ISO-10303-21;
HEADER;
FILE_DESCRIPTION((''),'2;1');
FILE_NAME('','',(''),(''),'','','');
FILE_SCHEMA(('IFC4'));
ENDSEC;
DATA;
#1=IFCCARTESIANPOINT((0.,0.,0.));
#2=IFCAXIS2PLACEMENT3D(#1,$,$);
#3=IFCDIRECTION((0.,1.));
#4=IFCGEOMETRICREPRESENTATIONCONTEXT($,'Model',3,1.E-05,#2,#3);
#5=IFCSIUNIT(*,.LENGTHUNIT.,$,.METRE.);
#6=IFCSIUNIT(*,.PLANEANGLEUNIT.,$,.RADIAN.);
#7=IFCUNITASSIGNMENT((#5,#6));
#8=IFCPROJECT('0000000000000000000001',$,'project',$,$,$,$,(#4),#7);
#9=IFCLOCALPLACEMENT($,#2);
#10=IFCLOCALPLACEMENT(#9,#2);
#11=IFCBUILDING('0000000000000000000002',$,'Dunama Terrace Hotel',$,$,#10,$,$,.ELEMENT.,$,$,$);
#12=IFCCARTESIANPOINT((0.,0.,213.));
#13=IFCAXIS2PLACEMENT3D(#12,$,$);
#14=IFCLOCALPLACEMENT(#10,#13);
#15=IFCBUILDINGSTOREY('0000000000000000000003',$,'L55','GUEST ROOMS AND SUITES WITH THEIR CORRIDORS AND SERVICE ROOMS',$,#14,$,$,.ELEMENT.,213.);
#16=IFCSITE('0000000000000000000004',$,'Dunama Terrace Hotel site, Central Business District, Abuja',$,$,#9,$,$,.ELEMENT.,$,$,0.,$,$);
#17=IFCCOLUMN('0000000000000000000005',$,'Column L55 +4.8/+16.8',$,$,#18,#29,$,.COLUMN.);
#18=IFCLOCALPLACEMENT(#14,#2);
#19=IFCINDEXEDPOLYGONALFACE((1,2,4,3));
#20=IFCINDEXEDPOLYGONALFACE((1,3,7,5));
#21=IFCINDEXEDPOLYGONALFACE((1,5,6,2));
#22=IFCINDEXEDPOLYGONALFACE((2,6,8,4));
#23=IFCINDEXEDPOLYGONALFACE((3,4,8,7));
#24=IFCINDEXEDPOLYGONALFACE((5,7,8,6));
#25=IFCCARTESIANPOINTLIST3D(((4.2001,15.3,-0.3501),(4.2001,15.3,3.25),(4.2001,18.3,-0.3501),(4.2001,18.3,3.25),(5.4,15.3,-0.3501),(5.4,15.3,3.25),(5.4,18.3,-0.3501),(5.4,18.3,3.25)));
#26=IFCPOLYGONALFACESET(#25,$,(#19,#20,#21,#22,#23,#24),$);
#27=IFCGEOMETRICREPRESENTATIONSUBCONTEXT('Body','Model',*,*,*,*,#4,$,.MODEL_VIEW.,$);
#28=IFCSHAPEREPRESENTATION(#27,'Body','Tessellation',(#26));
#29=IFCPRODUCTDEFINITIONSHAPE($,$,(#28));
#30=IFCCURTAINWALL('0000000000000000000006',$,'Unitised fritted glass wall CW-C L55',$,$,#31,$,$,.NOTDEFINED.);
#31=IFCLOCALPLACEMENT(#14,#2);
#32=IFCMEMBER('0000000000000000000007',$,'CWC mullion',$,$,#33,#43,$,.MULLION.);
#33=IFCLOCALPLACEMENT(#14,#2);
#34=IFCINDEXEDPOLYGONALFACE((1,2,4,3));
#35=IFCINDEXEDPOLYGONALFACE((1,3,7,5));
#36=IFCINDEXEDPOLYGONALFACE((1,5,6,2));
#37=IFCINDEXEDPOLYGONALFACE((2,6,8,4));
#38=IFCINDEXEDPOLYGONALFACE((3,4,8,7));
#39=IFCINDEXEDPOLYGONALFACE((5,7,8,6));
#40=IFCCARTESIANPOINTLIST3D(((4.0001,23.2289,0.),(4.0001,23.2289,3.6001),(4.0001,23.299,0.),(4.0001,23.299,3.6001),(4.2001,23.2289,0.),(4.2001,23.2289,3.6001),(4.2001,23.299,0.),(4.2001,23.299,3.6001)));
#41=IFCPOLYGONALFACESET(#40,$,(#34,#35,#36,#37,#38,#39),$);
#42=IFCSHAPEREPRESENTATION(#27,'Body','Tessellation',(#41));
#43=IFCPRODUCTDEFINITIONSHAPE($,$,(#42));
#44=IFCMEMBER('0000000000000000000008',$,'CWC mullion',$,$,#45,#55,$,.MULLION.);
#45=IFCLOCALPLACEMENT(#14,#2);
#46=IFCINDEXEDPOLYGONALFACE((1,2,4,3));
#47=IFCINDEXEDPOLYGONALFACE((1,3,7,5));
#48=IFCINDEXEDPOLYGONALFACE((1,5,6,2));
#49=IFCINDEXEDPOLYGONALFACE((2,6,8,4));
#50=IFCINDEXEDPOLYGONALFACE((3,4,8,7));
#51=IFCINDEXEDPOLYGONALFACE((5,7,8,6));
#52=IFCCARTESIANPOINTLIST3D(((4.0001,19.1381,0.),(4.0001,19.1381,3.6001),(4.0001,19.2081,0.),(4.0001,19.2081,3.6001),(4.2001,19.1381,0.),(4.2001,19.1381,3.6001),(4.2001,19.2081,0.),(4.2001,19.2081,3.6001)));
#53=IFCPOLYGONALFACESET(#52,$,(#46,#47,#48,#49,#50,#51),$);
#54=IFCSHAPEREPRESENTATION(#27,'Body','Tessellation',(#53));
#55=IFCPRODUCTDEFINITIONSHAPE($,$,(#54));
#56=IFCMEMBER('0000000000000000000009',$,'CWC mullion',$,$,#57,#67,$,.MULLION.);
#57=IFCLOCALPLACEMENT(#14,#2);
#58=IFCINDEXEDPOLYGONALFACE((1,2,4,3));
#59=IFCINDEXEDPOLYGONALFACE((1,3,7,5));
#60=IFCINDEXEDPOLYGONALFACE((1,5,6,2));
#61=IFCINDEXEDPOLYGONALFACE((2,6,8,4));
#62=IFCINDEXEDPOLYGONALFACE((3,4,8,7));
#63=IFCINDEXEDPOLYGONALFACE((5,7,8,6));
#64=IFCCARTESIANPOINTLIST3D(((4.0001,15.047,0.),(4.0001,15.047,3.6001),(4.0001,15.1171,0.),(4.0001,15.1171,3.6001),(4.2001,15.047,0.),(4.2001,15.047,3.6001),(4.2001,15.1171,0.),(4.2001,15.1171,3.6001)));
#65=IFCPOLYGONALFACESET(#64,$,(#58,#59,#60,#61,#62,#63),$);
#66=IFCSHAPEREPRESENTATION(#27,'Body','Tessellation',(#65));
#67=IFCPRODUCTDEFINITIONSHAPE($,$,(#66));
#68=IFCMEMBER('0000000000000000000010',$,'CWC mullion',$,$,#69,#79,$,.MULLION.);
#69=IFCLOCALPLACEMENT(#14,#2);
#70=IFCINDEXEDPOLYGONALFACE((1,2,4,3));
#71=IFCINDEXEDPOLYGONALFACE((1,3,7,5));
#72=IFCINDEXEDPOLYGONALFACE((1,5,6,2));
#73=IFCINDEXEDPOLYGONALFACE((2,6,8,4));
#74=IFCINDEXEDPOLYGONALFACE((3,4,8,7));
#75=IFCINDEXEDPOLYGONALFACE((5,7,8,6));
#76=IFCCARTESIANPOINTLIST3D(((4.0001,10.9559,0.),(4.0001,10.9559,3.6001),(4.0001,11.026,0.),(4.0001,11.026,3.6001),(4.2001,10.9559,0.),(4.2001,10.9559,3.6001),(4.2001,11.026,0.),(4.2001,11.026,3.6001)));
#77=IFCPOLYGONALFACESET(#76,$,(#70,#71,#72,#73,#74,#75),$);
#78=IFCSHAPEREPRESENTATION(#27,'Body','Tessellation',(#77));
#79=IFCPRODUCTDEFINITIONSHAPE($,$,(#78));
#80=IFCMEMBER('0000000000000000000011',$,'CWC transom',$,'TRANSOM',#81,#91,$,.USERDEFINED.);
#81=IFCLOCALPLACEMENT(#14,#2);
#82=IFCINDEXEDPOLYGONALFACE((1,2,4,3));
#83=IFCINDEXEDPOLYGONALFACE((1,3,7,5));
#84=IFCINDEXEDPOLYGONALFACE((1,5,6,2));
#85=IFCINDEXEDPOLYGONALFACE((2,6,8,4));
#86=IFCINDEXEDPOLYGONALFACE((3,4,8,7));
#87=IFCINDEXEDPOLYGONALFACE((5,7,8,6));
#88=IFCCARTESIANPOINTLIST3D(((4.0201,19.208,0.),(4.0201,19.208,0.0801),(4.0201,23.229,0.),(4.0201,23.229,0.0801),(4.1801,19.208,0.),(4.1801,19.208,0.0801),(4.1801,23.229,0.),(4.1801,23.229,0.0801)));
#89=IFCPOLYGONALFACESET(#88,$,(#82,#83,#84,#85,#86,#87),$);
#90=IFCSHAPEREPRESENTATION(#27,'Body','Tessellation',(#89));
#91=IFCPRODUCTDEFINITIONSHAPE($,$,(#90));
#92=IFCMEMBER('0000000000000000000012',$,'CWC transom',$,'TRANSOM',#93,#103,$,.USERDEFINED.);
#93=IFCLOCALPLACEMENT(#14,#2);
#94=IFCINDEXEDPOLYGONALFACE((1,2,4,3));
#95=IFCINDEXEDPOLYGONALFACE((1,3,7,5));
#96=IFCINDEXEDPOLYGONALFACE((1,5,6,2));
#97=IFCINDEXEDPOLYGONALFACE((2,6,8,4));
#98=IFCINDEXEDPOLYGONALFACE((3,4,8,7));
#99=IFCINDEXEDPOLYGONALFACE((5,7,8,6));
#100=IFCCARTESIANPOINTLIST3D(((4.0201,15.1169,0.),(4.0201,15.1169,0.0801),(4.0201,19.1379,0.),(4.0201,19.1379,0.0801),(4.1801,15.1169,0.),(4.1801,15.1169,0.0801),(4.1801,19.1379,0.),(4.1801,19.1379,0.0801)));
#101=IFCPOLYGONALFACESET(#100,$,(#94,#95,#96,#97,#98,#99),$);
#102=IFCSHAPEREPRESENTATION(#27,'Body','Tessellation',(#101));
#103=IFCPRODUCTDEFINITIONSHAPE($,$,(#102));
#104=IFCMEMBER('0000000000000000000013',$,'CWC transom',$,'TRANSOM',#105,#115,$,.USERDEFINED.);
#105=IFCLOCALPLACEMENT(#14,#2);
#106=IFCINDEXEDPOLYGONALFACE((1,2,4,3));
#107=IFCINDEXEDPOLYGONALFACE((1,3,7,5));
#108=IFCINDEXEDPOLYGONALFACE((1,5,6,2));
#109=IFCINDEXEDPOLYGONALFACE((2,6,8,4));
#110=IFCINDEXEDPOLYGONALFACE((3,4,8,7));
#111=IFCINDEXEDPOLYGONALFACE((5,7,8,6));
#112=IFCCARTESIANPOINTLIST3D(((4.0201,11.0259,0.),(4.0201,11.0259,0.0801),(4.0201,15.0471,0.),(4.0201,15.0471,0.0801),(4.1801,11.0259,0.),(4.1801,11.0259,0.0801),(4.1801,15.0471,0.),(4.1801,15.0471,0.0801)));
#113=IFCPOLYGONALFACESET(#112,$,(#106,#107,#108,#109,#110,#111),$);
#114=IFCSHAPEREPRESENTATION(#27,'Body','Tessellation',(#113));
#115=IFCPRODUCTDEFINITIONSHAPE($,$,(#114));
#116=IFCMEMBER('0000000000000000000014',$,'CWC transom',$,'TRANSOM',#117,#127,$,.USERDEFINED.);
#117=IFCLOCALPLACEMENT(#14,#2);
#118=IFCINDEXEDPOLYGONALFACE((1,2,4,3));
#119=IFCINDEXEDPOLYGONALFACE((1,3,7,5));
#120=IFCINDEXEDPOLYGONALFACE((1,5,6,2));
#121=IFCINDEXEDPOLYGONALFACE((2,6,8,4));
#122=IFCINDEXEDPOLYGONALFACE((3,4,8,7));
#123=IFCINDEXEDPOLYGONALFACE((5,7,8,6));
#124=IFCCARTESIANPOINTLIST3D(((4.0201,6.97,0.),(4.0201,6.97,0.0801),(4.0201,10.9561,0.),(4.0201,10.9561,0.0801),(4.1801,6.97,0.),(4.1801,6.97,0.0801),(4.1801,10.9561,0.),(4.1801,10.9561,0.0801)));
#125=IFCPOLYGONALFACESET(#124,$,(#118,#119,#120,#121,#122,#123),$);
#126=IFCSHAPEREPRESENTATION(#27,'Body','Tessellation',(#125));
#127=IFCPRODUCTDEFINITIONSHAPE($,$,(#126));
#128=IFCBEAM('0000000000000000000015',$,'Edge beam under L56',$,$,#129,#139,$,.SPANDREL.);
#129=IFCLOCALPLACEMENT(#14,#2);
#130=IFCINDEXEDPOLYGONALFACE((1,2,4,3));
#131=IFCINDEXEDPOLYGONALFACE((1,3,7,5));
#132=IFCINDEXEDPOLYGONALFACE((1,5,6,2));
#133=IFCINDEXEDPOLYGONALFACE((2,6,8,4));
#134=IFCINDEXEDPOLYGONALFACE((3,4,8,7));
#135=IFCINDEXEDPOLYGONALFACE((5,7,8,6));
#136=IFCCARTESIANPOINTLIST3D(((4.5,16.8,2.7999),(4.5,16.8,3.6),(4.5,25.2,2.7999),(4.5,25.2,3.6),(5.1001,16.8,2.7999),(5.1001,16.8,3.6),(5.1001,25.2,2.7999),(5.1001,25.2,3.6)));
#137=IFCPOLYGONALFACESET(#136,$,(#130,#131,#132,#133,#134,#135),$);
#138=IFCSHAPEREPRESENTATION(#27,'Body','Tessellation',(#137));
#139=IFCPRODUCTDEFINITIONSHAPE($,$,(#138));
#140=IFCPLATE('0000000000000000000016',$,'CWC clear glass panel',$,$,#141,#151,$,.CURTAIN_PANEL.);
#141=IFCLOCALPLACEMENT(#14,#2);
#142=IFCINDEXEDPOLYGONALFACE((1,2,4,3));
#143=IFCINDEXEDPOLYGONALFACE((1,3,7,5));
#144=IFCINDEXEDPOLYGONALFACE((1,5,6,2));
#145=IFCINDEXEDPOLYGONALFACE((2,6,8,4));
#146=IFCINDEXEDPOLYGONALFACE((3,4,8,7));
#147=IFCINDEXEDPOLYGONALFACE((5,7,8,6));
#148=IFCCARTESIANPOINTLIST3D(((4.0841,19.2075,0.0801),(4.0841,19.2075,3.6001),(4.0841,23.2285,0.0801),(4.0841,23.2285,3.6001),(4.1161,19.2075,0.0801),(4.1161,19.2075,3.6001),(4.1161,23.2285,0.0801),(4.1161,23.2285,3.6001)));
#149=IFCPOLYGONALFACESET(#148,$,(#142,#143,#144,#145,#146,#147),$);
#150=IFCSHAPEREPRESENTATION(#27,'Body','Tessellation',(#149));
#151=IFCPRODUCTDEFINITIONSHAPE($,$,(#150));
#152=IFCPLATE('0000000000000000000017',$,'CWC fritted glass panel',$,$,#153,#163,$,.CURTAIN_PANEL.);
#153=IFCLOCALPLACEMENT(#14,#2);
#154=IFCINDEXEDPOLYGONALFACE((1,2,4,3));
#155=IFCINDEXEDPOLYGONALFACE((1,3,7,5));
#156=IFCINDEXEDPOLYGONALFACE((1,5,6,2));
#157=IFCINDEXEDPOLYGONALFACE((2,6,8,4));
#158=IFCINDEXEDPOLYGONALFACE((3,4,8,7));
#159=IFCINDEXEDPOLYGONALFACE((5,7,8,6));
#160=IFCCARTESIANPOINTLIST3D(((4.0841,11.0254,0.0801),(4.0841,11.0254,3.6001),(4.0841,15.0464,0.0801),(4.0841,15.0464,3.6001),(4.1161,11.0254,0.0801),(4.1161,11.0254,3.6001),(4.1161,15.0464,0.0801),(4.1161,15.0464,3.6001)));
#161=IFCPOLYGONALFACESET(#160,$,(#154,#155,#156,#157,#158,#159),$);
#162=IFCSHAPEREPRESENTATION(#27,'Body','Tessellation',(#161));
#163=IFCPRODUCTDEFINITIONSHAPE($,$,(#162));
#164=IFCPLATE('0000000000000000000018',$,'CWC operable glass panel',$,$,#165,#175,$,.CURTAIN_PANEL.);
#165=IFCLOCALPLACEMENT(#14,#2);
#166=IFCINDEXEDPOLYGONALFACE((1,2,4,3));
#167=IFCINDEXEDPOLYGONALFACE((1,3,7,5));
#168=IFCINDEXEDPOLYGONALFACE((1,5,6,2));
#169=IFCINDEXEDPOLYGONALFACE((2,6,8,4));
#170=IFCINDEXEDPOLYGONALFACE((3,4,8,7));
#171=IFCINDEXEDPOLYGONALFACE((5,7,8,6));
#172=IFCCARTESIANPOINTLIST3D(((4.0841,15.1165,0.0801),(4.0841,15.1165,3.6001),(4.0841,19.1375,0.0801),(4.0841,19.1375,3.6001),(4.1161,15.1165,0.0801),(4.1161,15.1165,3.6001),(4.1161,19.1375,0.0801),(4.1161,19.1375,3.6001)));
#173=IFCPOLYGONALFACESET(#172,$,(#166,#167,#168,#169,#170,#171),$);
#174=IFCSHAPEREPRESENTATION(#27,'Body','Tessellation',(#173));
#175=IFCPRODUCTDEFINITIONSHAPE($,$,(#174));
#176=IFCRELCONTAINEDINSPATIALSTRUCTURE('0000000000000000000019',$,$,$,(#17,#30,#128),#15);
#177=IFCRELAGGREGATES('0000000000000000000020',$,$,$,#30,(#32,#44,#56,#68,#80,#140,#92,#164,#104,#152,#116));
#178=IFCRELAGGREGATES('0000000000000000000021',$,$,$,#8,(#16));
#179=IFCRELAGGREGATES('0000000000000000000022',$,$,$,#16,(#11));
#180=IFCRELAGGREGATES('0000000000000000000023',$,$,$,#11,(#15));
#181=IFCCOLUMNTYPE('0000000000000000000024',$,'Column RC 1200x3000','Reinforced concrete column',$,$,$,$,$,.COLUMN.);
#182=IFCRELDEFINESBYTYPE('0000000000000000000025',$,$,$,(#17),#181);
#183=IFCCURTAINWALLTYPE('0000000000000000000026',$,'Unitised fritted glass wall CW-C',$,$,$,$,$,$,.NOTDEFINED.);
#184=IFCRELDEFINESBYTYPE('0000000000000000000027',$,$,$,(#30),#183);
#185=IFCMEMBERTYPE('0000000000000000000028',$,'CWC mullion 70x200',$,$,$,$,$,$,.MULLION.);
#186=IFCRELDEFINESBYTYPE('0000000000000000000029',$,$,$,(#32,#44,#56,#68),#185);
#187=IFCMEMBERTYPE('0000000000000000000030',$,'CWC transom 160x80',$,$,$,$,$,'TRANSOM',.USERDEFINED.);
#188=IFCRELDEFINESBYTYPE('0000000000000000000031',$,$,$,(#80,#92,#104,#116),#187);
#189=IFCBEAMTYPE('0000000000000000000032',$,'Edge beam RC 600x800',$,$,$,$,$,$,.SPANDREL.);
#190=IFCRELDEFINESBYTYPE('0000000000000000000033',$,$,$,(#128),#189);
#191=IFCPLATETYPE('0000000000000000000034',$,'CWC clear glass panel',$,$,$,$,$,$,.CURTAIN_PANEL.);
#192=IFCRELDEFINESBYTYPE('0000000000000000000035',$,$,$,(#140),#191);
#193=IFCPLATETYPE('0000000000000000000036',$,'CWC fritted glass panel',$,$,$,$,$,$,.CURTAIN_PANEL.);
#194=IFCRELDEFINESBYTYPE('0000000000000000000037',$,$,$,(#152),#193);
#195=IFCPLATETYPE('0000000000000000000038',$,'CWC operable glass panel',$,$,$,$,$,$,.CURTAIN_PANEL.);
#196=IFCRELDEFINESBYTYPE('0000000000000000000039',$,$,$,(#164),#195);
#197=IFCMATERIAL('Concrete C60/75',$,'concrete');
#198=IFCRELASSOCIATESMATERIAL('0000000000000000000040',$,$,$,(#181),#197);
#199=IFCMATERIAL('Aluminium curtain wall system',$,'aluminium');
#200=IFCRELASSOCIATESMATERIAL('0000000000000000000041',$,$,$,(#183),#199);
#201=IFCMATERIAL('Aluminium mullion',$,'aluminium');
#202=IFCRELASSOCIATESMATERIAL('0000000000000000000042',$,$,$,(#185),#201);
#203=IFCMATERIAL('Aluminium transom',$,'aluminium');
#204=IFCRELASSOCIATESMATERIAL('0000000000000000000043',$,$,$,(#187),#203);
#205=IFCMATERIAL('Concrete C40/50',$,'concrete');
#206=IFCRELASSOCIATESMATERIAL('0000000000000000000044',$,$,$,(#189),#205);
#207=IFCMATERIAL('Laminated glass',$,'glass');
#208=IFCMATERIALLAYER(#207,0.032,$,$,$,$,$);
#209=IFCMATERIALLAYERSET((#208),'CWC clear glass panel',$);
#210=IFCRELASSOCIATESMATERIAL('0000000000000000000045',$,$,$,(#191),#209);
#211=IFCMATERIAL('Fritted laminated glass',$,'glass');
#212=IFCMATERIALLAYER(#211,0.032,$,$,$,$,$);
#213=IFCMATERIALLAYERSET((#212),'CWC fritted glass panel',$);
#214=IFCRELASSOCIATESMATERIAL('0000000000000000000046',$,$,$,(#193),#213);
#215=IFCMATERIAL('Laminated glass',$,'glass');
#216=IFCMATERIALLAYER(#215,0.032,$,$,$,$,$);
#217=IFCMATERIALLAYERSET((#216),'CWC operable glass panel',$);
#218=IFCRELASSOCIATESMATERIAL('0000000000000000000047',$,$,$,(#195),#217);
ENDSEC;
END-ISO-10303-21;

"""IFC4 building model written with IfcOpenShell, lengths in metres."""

from ifc_helpers import new_model, si_unit, direction, frame, origin, origin_2d, place, context, subcontext, project, spatial, rectangle, extrude, material, layer, layer_set, material_profile, profile_set, type_object, element, aggregate, save


model = new_model("IFC4")

# Units and contexts
model_context = context("Model", 3, precision=1e-05, world=origin(), true_north=direction((0.0, 1.0)))
body_context = subcontext(model_context, "Body", "Model", "MODEL_VIEW")
ifc_project = project(units=[si_unit("LENGTHUNIT", "METRE"), si_unit("PLANEANGLEUNIT", "RADIAN")], contexts=[model_context])

# Site, building, storey
site_placement = place(None, origin())
site = spatial("IfcSite", under=ifc_project, at=site_placement, Name="Dunama Terrace Hotel site, Central Business District, Abuja", CompositionType="ELEMENT", RefElevation=0.0)
building_placement = place(site_placement, origin())
building = spatial("IfcBuilding", under=site, at=building_placement, Name="Dunama Terrace Hotel", CompositionType="ELEMENT")
storey_placement = place(building_placement, frame((0.0, 0.0, 213.0)))
storey = spatial("IfcBuildingStorey", under=building, at=storey_placement, Name="L55", Description="GUEST ROOMS AND SUITES WITH THEIR CORRIDORS AND SERVICE ROOMS", CompositionType="ELEMENT", Elevation=213.0)

# Column
ifc_material_1 = material(Name="Concrete C60/75", Category="concrete")
ifc_material_profile_1 = material_profile(ifc_material_1, rectangle(XDim=1.2, YDim=3.0, at=origin_2d()), Name="RC 1200x3000")
ifc_profile_set_1 = profile_set([ifc_material_profile_1], Name="Concrete C60/75")
column_type = type_object("IfcColumnType", Name="Column RC 1200x3000", Description="Reinforced concrete column", PredefinedType="COLUMN", material=ifc_profile_set_1)
column_placement = place(storey_placement, frame((4.8, 16.8, -0.3501), z_axis=(0.0, 0.0, 1.0), x_axis=(1.0, 0.0, 0.0)))
element("IfcColumn", 1, at=column_placement, inside=storey, type_object=column_type, Name="Column L55 +4.8/+16.8", PredefinedType="COLUMN", context=body_context, shape_type="SweptSolid", body=[
    extrude(rectangle(XDim=1.2, YDim=3.0, at=origin_2d()), origin(), (0.0, 0.0, 1.0), 3.6001),
])

# Curtain wall, members
ifc_material_2 = material(Name="Aluminium curtain wall system", Category="aluminium")
curtain_wall_type = type_object("IfcCurtainWallType", Name="Unitised fritted glass wall CW-C", PredefinedType="NOTDEFINED", material=ifc_material_2)
curtain_wall_placement = place(storey_placement, origin())
curtain_wall = element("IfcCurtainWall", 2, at=curtain_wall_placement, inside=storey, type_object=curtain_wall_type, Name="Unitised fritted glass wall CW-C L55", PredefinedType="NOTDEFINED")
ifc_material_3 = material(Name="Aluminium mullion", Category="aluminium")
ifc_material_profile_2 = material_profile(ifc_material_3, rectangle(XDim=0.0701, YDim=0.2, at=origin_2d()), Name="CWC MULLION 70X200")
ifc_profile_set_2 = profile_set([ifc_material_profile_2], Name="Aluminium mullion")
member_type_1 = type_object("IfcMemberType", Name="CWC mullion 70x200", PredefinedType="MULLION", material=ifc_profile_set_2)
member_1_placement = place(storey_placement, frame((4.1001, 23.2639, 0.0), z_axis=(0.0, 0.0, 1.0), x_axis=(0.0, -1.0, 0.0)))
member_1 = element("IfcMember", 3, at=member_1_placement, type_object=member_type_1, Name="CWC mullion", PredefinedType="MULLION", context=body_context, shape_type="SweptSolid", body=[
    extrude(rectangle(XDim=0.0701, YDim=0.2, at=origin_2d()), origin(), (0.0, 0.0, 1.0), 3.6001),
])
member_2_placement = place(storey_placement, frame((4.1001, 19.1731, 0.0), z_axis=(0.0, 0.0, 1.0), x_axis=(0.0, -1.0, 0.0)))
member_2 = element("IfcMember", 4, at=member_2_placement, type_object=member_type_1, Name="CWC mullion", PredefinedType="MULLION", context=body_context, shape_type="SweptSolid", body=[
    extrude(rectangle(XDim=0.0701, YDim=0.2, at=origin_2d()), origin(), (0.0, 0.0, 1.0), 3.6001),
])
member_3_placement = place(storey_placement, frame((4.1001, 15.082, 0.0), z_axis=(0.0, 0.0, 1.0), x_axis=(0.0, -1.0, 0.0)))
member_3 = element("IfcMember", 5, at=member_3_placement, type_object=member_type_1, Name="CWC mullion", PredefinedType="MULLION", context=body_context, shape_type="SweptSolid", body=[
    extrude(rectangle(XDim=0.0701, YDim=0.2, at=origin_2d()), origin(), (0.0, 0.0, 1.0), 3.6001),
])
member_4_placement = place(storey_placement, frame((4.1001, 10.991, 0.0), z_axis=(0.0, 0.0, 1.0), x_axis=(0.0, -1.0, 0.0)))
member_4 = element("IfcMember", 6, at=member_4_placement, type_object=member_type_1, Name="CWC mullion", PredefinedType="MULLION", context=body_context, shape_type="SweptSolid", body=[
    extrude(rectangle(XDim=0.0701, YDim=0.2, at=origin_2d()), origin(), (0.0, 0.0, 1.0), 3.6001),
])
ifc_material_4 = material(Name="Aluminium transom", Category="aluminium")
ifc_material_profile_3 = material_profile(ifc_material_4, rectangle(XDim=0.1599, YDim=0.0801, at=origin_2d()), Name="CWC TRANSOM 160X80")
ifc_profile_set_3 = profile_set([ifc_material_profile_3], Name="Aluminium transom")
member_type_2 = type_object("IfcMemberType", Name="CWC transom 160x80", ElementType="TRANSOM", PredefinedType="USERDEFINED", material=ifc_profile_set_3)
member_5_placement = place(storey_placement, frame((4.1001, 23.229, 0.04), z_axis=(0.0, -1.0, 0.0), x_axis=(1.0, 0.0, 0.0)))
member_5 = element("IfcMember", 7, at=member_5_placement, type_object=member_type_2, Name="CWC transom", ObjectType="TRANSOM", PredefinedType="USERDEFINED", context=body_context, shape_type="SweptSolid", body=[
    extrude(rectangle(XDim=0.1599, YDim=0.0801, at=origin_2d()), origin(), (0.0, 0.0, 1.0), 4.021),
])
member_6_placement = place(storey_placement, frame((4.1001, 19.1379, 0.04), z_axis=(0.0, -1.0, 0.0), x_axis=(1.0, 0.0, 0.0)))
member_6 = element("IfcMember", 8, at=member_6_placement, type_object=member_type_2, Name="CWC transom", ObjectType="TRANSOM", PredefinedType="USERDEFINED", context=body_context, shape_type="SweptSolid", body=[
    extrude(rectangle(XDim=0.1599, YDim=0.0801, at=origin_2d()), origin(), (0.0, 0.0, 1.0), 4.021),
])
member_7_placement = place(storey_placement, frame((4.1001, 15.0471, 0.04), z_axis=(0.0, -1.0, 0.0), x_axis=(1.0, 0.0, 0.0)))
member_7 = element("IfcMember", 9, at=member_7_placement, type_object=member_type_2, Name="CWC transom", ObjectType="TRANSOM", PredefinedType="USERDEFINED", context=body_context, shape_type="SweptSolid", body=[
    extrude(rectangle(XDim=0.1599, YDim=0.0801, at=origin_2d()), origin(), (0.0, 0.0, 1.0), 4.0212),
])
member_8_placement = place(storey_placement, frame((4.1001, 10.9561, 0.04), z_axis=(0.0, -1.0, 0.0), x_axis=(1.0, 0.0, 0.0)))
member_8 = element("IfcMember", 10, at=member_8_placement, type_object=member_type_2, Name="CWC transom", ObjectType="TRANSOM", PredefinedType="USERDEFINED", context=body_context, shape_type="SweptSolid", body=[
    extrude(rectangle(XDim=0.1599, YDim=0.0801, at=origin_2d()), origin(), (0.0, 0.0, 1.0), 3.9861),
])

# Beam
ifc_material_5 = material(Name="Concrete C40/50", Category="concrete")
ifc_material_profile_4 = material_profile(ifc_material_5, rectangle(XDim=0.6001, YDim=0.8, at=origin_2d()), Name="RC 600x800")
ifc_profile_set_4 = profile_set([ifc_material_profile_4], Name="Concrete C40/50")
beam_type = type_object("IfcBeamType", Name="Edge beam RC 600x800", PredefinedType="SPANDREL", material=ifc_profile_set_4)
beam_placement = place(storey_placement, frame((4.8, 16.8, 3.2), z_axis=(0.0, 1.0, 0.0), x_axis=(-1.0, 0.0, 0.0)))
element("IfcBeam", 11, at=beam_placement, inside=storey, type_object=beam_type, Name="Edge beam under L56", PredefinedType="SPANDREL", context=body_context, shape_type="SweptSolid", body=[
    extrude(rectangle(XDim=0.6001, YDim=0.8, at=origin_2d()), origin(), (0.0, 0.0, 1.0), 8.3999),
])

# Plates
ifc_material_6 = material(Name="Laminated glass", Category="glass")
ifc_layer_1 = layer(ifc_material_6, 0.032)
ifc_layer_set_1 = layer_set([ifc_layer_1], Name="CWC clear glass panel")
plate_type_1 = type_object("IfcPlateType", Name="CWC clear glass panel", PredefinedType="CURTAIN_PANEL", material=ifc_layer_set_1)
plate_1_placement = place(storey_placement, frame((4.1001, 21.218, 0.0801), z_axis=(0.0, 0.0, 1.0), x_axis=(0.0, -1.0, 0.0)))
plate_1 = element("IfcPlate", 12, at=plate_1_placement, type_object=plate_type_1, Name="CWC clear glass panel", PredefinedType="CURTAIN_PANEL", context=body_context, shape_type="SweptSolid", body=[
    extrude(rectangle(XDim=4.021, YDim=0.032, at=origin_2d()), origin(), (0.0, 0.0, 1.0), 3.52),
])
ifc_material_7 = material(Name="Fritted laminated glass", Category="glass")
ifc_layer_2 = layer(ifc_material_7, 0.032)
ifc_layer_set_2 = layer_set([ifc_layer_2], Name="CWC fritted glass panel")
plate_type_2 = type_object("IfcPlateType", Name="CWC fritted glass panel", PredefinedType="CURTAIN_PANEL", material=ifc_layer_set_2)
plate_2_placement = place(storey_placement, frame((4.1001, 13.0359, 0.0801), z_axis=(0.0, 0.0, 1.0), x_axis=(0.0, -1.0, 0.0)))
plate_2 = element("IfcPlate", 13, at=plate_2_placement, type_object=plate_type_2, Name="CWC fritted glass panel", PredefinedType="CURTAIN_PANEL", context=body_context, shape_type="SweptSolid", body=[
    extrude(rectangle(XDim=4.021, YDim=0.032, at=origin_2d()), origin(), (0.0, 0.0, 1.0), 3.52),
])
ifc_material_8 = material(Name="Laminated glass", Category="glass")
ifc_layer_3 = layer(ifc_material_8, 0.032)
ifc_layer_set_3 = layer_set([ifc_layer_3], Name="CWC operable glass panel")
plate_type_3 = type_object("IfcPlateType", Name="CWC operable glass panel", PredefinedType="CURTAIN_PANEL", material=ifc_layer_set_3)
plate_3_placement = place(storey_placement, frame((4.1001, 17.127, 0.0801), z_axis=(0.0, 0.0, 1.0), x_axis=(0.0, -1.0, 0.0)))
plate_3 = element("IfcPlate", 14, at=plate_3_placement, type_object=plate_type_3, Name="CWC operable glass panel", PredefinedType="CURTAIN_PANEL", context=body_context, shape_type="SweptSolid", body=[
    extrude(rectangle(XDim=4.021, YDim=0.032, at=origin_2d()), origin(), (0.0, 0.0, 1.0), 3.52),
])
aggregate(curtain_wall, [member_1, member_2, member_3, member_4, member_5, plate_1, member_6, plate_3, member_7, plate_2, member_8])

save(model, "model.ifc")
